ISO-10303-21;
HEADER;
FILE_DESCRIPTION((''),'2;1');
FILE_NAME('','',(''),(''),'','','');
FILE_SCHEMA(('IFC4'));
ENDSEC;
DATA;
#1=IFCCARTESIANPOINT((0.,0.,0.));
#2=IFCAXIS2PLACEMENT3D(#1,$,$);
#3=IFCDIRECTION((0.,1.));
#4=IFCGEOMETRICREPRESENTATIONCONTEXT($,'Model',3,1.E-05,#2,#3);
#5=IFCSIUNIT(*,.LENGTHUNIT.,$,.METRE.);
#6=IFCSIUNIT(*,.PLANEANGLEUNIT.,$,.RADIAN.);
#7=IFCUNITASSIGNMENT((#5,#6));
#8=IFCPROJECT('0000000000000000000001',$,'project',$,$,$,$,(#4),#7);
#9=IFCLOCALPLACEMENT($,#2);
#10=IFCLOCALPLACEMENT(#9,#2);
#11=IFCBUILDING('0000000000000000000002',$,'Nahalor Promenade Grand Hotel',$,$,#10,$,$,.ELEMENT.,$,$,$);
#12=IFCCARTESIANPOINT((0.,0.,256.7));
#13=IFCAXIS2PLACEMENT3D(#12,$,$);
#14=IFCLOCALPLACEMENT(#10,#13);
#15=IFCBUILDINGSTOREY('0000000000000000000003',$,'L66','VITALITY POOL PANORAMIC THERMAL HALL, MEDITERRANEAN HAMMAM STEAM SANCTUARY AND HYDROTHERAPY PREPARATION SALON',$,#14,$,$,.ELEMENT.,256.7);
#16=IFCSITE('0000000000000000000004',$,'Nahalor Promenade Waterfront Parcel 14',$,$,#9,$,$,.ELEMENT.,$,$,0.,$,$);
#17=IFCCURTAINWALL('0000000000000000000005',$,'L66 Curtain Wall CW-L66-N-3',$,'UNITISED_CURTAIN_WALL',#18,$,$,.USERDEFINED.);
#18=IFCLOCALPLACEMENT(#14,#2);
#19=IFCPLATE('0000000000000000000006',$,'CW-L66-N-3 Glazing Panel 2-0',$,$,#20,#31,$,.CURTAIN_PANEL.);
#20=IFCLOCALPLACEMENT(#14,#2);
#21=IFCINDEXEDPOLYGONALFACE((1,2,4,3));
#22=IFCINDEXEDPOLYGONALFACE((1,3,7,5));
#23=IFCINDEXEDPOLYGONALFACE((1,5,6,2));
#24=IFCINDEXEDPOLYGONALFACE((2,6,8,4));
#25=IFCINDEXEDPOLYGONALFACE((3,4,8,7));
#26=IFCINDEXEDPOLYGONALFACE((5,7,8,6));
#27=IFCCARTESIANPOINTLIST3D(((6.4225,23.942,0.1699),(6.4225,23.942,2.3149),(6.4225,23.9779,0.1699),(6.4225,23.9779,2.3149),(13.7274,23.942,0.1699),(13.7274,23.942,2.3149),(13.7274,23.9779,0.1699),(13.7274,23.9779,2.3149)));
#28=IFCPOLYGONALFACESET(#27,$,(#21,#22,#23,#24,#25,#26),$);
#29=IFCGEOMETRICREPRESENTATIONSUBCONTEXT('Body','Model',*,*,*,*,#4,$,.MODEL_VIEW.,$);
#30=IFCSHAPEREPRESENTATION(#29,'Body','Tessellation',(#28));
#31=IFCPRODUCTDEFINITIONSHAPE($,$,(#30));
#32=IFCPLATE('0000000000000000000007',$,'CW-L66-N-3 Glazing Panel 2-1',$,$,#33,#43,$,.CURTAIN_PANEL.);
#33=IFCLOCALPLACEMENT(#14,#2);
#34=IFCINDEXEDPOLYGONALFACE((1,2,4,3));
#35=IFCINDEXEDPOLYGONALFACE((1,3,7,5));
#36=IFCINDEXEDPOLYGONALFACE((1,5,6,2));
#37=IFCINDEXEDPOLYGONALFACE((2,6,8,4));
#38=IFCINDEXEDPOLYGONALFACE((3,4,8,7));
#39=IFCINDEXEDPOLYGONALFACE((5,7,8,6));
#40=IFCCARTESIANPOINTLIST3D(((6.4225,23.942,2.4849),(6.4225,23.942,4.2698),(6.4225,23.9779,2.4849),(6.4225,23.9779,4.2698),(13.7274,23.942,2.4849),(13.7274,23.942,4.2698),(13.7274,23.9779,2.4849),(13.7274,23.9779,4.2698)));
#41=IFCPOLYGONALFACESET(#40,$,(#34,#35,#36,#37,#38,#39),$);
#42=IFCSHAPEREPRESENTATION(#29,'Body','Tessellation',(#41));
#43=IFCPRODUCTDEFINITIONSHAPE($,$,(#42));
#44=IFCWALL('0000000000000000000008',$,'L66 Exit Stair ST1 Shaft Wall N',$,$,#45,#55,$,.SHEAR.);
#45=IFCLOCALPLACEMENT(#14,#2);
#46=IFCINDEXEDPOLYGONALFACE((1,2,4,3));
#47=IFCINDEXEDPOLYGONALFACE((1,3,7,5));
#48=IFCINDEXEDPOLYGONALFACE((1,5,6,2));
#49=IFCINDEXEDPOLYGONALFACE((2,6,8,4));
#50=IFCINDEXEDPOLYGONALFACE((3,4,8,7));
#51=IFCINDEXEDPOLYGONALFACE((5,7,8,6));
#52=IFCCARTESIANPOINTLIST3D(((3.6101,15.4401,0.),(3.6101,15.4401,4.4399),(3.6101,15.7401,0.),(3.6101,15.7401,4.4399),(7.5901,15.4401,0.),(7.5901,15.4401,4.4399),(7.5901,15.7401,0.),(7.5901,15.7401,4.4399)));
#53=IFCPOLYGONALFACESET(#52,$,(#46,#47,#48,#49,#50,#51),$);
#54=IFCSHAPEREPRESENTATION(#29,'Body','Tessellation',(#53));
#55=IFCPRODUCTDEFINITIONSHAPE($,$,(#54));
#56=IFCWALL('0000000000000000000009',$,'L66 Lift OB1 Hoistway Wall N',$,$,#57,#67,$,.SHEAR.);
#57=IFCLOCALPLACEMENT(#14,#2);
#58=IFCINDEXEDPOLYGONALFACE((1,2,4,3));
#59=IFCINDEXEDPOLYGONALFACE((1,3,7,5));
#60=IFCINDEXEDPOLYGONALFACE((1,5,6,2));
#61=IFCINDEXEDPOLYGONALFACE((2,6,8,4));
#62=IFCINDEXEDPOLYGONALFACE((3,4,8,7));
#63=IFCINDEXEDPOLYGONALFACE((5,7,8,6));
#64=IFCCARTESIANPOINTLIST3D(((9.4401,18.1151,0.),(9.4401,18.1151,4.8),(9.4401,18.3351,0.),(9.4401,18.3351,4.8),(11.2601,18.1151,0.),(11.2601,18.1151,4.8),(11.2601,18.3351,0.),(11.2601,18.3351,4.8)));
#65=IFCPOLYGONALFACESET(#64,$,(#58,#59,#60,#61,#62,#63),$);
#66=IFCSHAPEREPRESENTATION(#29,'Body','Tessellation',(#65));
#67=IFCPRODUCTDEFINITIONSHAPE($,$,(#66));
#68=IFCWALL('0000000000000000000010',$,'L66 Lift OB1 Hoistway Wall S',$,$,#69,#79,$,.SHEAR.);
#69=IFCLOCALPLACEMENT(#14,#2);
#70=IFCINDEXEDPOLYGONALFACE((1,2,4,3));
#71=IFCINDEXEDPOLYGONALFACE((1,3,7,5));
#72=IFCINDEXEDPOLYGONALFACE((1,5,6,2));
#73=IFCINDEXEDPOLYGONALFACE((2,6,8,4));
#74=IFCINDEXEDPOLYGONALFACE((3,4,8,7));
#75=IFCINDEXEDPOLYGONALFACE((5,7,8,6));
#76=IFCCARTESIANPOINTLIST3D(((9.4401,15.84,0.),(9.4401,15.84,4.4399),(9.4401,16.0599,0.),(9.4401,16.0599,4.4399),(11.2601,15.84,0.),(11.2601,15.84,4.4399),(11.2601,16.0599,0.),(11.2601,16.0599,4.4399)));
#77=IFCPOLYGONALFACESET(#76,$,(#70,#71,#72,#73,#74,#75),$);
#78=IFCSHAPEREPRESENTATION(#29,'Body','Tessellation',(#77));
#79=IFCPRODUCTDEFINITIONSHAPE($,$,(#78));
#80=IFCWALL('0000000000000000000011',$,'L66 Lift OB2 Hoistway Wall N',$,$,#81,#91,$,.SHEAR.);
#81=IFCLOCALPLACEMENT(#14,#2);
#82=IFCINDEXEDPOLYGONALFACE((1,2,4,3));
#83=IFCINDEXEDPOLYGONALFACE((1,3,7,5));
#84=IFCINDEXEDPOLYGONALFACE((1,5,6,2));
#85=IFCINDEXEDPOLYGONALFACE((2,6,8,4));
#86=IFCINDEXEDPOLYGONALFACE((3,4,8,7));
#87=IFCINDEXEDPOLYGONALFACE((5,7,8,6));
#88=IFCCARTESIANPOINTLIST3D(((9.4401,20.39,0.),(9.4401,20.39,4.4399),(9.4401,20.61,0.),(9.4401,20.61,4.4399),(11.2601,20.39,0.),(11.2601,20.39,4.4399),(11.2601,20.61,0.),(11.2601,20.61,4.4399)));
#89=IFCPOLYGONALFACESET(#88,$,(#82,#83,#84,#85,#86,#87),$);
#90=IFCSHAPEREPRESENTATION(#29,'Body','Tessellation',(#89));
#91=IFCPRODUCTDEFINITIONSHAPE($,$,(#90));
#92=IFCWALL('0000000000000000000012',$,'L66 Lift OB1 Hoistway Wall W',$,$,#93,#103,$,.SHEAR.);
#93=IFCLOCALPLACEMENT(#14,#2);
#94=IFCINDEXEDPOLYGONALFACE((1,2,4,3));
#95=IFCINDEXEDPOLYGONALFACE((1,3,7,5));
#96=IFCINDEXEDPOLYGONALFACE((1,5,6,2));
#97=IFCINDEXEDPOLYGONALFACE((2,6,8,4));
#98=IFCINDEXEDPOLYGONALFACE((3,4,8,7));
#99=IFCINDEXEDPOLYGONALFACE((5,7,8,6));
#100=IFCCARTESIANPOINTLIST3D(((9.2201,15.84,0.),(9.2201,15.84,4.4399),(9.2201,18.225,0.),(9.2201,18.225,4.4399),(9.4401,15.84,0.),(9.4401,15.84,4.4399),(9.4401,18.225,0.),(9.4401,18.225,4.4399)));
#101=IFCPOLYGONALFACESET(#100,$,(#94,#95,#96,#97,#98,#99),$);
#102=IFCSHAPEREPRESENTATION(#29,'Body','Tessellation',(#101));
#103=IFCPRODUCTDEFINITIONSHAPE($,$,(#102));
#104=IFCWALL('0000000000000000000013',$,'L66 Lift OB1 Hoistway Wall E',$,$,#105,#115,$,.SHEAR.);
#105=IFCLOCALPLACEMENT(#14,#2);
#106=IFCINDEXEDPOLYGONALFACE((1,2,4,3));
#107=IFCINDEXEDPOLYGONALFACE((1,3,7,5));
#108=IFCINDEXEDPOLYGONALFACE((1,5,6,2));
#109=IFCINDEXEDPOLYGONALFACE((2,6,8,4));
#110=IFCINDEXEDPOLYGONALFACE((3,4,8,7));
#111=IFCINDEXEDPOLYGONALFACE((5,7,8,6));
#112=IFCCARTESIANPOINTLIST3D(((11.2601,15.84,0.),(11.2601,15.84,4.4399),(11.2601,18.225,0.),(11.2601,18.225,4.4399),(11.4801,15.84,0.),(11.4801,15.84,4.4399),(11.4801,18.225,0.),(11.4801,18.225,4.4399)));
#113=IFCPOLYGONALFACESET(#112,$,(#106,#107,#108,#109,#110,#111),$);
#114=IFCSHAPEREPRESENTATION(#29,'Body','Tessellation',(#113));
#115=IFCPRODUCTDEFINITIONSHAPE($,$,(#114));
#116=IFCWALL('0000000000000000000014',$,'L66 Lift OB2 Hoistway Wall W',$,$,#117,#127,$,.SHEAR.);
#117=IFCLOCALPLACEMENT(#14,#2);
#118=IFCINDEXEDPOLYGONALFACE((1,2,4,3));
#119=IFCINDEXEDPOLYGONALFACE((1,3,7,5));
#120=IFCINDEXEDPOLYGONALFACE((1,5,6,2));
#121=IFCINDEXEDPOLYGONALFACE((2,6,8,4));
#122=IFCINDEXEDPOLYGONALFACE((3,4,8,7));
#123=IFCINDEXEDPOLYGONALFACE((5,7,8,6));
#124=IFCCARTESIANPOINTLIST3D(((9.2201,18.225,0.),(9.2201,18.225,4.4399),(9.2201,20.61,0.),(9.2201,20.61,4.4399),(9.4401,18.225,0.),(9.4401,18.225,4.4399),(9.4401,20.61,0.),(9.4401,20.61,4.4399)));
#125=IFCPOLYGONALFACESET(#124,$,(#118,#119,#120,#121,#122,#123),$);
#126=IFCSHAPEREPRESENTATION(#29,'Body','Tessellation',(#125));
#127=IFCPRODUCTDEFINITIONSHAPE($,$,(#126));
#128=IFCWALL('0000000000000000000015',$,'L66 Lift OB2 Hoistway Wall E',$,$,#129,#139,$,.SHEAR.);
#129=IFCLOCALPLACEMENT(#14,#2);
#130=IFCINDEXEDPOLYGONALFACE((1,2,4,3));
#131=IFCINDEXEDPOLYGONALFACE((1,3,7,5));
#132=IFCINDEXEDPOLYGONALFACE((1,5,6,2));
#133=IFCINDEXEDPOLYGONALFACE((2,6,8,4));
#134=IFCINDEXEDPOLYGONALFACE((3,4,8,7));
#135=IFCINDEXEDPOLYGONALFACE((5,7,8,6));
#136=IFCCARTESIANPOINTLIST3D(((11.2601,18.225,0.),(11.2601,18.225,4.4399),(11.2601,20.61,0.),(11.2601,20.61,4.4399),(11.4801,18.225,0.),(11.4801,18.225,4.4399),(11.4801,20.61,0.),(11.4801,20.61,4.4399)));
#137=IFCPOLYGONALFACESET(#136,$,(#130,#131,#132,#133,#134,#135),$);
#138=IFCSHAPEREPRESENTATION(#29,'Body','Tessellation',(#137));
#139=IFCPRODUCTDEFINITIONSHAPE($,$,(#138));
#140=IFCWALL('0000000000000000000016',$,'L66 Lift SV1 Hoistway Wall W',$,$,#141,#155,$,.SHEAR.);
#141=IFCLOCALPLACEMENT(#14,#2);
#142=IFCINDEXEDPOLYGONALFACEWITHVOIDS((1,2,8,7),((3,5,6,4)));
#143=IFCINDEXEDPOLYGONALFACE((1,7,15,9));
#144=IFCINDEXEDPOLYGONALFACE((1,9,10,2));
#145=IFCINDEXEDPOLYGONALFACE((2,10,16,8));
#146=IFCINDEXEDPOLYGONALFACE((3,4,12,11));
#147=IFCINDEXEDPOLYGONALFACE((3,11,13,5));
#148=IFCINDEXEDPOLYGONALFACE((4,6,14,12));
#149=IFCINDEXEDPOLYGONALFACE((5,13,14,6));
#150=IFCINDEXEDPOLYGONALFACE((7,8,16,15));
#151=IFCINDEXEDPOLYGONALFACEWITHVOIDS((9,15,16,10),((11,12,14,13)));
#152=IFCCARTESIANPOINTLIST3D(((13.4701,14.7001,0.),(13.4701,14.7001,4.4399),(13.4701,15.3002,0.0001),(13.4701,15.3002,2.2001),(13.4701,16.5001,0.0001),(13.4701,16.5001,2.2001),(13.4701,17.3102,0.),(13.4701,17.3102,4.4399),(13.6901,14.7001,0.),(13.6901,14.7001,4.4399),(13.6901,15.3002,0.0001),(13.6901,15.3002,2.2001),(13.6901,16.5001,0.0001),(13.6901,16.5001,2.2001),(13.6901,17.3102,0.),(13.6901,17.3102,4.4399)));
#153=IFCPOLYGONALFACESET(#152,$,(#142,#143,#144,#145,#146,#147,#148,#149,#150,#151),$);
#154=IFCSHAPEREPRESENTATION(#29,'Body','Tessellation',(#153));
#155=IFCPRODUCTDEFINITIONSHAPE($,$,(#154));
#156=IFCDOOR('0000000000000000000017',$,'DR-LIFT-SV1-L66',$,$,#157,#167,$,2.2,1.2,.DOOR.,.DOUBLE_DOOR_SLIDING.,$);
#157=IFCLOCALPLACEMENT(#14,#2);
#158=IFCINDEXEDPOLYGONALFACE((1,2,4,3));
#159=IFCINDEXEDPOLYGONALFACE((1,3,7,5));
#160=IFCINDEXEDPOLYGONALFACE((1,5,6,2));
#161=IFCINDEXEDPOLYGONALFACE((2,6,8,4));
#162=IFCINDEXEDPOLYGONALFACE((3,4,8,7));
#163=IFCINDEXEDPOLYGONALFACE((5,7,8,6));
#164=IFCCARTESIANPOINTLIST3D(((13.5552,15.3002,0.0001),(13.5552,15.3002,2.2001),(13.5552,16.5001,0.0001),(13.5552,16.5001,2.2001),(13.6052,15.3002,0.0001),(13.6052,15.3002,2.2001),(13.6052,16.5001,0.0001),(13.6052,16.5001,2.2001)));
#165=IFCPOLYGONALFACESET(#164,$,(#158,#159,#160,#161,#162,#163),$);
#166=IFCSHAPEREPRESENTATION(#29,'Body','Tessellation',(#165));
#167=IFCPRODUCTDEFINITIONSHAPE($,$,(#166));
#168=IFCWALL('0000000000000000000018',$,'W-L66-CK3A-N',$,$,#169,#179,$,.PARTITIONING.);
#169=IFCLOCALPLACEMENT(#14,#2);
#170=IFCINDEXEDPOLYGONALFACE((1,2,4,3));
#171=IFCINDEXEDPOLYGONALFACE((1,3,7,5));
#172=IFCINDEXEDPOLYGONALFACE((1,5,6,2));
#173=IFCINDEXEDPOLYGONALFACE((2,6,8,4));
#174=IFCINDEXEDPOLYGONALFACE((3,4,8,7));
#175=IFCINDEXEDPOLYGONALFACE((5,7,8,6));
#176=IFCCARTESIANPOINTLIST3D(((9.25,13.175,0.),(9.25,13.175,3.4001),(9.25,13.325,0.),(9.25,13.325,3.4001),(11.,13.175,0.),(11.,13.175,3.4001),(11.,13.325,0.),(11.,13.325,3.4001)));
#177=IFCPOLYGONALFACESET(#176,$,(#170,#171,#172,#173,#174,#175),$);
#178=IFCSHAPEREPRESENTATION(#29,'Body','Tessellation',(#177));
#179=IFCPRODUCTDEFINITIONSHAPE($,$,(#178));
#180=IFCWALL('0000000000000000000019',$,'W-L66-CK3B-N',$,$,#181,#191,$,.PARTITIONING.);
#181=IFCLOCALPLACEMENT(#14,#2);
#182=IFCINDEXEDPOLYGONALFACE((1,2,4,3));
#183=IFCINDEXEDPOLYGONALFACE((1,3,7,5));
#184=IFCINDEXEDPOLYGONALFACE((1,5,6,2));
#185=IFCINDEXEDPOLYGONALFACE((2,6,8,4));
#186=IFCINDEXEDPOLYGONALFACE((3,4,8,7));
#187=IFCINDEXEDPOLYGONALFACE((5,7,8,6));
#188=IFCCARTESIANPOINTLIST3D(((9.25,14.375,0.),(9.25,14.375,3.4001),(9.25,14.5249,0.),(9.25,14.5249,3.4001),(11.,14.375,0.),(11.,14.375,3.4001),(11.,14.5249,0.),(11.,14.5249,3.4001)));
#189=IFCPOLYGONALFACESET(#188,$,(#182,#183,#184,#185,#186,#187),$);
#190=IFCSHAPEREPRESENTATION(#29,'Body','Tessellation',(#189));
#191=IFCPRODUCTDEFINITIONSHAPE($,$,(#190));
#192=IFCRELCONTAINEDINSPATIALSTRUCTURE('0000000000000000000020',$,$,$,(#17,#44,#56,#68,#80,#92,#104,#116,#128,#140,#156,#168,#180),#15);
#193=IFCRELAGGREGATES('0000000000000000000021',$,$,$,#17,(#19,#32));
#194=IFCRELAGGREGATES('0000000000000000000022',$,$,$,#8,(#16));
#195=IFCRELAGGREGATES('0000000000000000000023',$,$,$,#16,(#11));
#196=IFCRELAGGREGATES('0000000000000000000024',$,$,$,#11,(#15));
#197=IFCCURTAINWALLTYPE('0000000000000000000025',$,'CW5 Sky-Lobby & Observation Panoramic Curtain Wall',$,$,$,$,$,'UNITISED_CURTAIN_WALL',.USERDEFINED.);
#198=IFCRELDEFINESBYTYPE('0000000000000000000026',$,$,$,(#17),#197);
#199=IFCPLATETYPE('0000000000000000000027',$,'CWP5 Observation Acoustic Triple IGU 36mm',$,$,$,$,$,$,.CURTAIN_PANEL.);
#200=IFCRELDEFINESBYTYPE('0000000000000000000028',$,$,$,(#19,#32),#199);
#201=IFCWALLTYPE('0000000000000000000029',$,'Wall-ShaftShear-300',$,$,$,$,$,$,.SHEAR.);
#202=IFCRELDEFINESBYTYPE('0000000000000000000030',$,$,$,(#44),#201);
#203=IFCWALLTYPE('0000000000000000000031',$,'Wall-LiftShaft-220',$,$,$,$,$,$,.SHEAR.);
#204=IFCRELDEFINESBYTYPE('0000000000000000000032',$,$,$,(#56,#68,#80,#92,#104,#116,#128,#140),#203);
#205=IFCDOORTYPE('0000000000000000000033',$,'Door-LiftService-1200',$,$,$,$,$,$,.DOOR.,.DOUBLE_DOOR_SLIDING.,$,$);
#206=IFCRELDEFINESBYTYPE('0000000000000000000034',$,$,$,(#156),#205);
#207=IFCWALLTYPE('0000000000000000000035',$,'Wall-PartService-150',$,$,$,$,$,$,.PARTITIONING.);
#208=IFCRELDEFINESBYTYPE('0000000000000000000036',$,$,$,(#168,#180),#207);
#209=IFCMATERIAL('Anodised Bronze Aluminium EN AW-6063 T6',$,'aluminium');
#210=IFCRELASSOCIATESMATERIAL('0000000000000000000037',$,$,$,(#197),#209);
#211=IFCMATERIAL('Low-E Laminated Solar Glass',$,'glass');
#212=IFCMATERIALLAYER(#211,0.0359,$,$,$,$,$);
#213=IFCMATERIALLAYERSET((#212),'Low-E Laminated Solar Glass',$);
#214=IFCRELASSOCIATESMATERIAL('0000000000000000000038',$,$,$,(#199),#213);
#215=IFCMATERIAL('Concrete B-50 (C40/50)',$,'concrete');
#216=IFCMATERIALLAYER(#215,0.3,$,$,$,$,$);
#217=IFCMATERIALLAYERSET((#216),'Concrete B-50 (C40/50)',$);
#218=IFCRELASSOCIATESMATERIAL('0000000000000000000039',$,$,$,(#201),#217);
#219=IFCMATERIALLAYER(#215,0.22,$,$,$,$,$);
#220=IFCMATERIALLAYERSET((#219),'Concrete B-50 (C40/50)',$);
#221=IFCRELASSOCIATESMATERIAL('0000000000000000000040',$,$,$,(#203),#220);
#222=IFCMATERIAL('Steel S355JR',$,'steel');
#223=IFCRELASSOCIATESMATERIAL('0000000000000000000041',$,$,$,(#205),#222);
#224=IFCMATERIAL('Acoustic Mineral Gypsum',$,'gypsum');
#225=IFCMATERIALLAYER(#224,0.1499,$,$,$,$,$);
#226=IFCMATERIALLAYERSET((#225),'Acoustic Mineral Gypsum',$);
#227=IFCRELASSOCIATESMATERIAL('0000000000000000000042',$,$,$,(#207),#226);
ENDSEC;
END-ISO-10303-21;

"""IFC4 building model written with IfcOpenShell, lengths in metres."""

from ifc_helpers import new_model, si_unit, direction, frame, frame_2d, origin, origin_2d, place, context, subcontext, project, spatial, rectangle, extrude, source, transform, mapped, material, layer, layer_set, type_object, element, fill, aggregate, save


model = new_model("IFC4")

# Units and contexts
model_context = context("Model", 3, precision=1e-05, world=origin(), true_north=direction((0.0, 1.0)))
body_context = subcontext(model_context, "Body", "Model", "MODEL_VIEW")
ifc_project = project(units=[si_unit("LENGTHUNIT", "METRE"), si_unit("PLANEANGLEUNIT", "RADIAN")], contexts=[model_context])

# Site, building, storey
site_placement = place(None, origin())
site = spatial("IfcSite", under=ifc_project, at=site_placement, Name="Nahalor Promenade Waterfront Parcel 14", CompositionType="ELEMENT", RefElevation=0.0)
building_placement = place(site_placement, origin())
building = spatial("IfcBuilding", under=site, at=building_placement, Name="Nahalor Promenade Grand Hotel", CompositionType="ELEMENT")
storey_placement = place(building_placement, frame((0.0, 0.0, 256.7)))
storey = spatial("IfcBuildingStorey", under=building, at=storey_placement, Name="L66", Description="VITALITY POOL PANORAMIC THERMAL HALL, MEDITERRANEAN HAMMAM STEAM SANCTUARY AND HYDROTHERAPY PREPARATION SALON", CompositionType="ELEMENT", Elevation=256.7)

# Shared definitions
ifc_material_1 = material(Name="Steel S355JR", Category="steel")

# Curtain wall, plates
ifc_material_2 = material(Name="Anodised Bronze Aluminium EN AW-6063 T6", Category="aluminium")
curtain_wall_type = type_object("IfcCurtainWallType", Name="CW5 Sky-Lobby & Observation Panoramic Curtain Wall", ElementType="UNITISED_CURTAIN_WALL", PredefinedType="USERDEFINED", material=ifc_material_2)
curtain_wall_placement = place(storey_placement, origin())
curtain_wall = element("IfcCurtainWall", 1, at=curtain_wall_placement, inside=storey, type_object=curtain_wall_type, Name="L66 Curtain Wall CW-L66-N-3", ObjectType="UNITISED_CURTAIN_WALL", PredefinedType="USERDEFINED")
ifc_material_3 = material(Name="Low-E Laminated Solar Glass", Category="glass")
ifc_layer_1 = layer(ifc_material_3, 0.0359)
ifc_layer_set_1 = layer_set([ifc_layer_1], Name="Low-E Laminated Solar Glass")
plate_type = type_object("IfcPlateType", Name="CWP5 Observation Acoustic Triple IGU 36mm", PredefinedType="CURTAIN_PANEL", material=ifc_layer_set_1)
shared_shape_1 = source(origin(), body_context, "Body", "SweptSolid", [
    extrude(rectangle(XDim=7.3049, YDim=0.0359, at=origin_2d()), origin(), (0.0, 0.0, 1.0), 2.145),
])
plate_1_placement = place(storey_placement, frame((10.075, 23.96, 0.1699), z_axis=(0.0, 0.0, 1.0), x_axis=(1.0, 0.0, 0.0)))
plate_1 = element("IfcPlate", 2, at=plate_1_placement, type_object=plate_type, Name="CW-L66-N-3 Glazing Panel 2-0", PredefinedType="CURTAIN_PANEL", context=body_context, shape_type="MappedRepresentation", body=[
    mapped(shared_shape_1, transform((0.0, 0.0, 0.0), scale=1.0)),
])
shared_shape_2 = source(origin(), body_context, "Body", "SweptSolid", [
    extrude(rectangle(XDim=7.3049, YDim=0.0359, at=origin_2d()), origin(), (0.0, 0.0, 1.0), 1.7849),
])
plate_2_placement = place(storey_placement, frame((10.075, 23.96, 2.4849), z_axis=(0.0, 0.0, 1.0), x_axis=(1.0, 0.0, 0.0)))
plate_2 = element("IfcPlate", 3, at=plate_2_placement, type_object=plate_type, Name="CW-L66-N-3 Glazing Panel 2-1", PredefinedType="CURTAIN_PANEL", context=body_context, shape_type="MappedRepresentation", body=[
    mapped(shared_shape_2, transform((0.0, 0.0, 0.0), scale=1.0)),
])
aggregate(curtain_wall, [plate_1, plate_2])

# Walls
ifc_material_4 = material(Name="Concrete B-50 (C40/50)", Category="concrete")
ifc_layer_2 = layer(ifc_material_4, 0.3)
ifc_layer_set_2 = layer_set([ifc_layer_2], Name="Concrete B-50 (C40/50)")
wall_type_1 = type_object("IfcWallType", Name="Wall-ShaftShear-300", PredefinedType="SHEAR", material=ifc_layer_set_2)
shared_shape_3 = source(origin(), body_context, "Body", "SweptSolid", [
    extrude(rectangle(XDim=3.98, YDim=0.3, at=frame_2d((1.99, 0.0))), origin(), (0.0, 0.0, 1.0), 4.4399),
])
wall_1_placement = place(storey_placement, frame((3.6101, 15.5901, 0.0), z_axis=(0.0, 0.0, 1.0), x_axis=(1.0, 0.0, 0.0)))
element("IfcWall", 4, at=wall_1_placement, inside=storey, type_object=wall_type_1, Name="L66 Exit Stair ST1 Shaft Wall N", PredefinedType="SHEAR", context=body_context, shape_type="MappedRepresentation", body=[
    mapped(shared_shape_3, transform((0.0, 0.0, 0.0), scale=1.0)),
])
ifc_layer_3 = layer(ifc_material_4, 0.22)
ifc_layer_set_3 = layer_set([ifc_layer_3], Name="Concrete B-50 (C40/50)")
wall_type_2 = type_object("IfcWallType", Name="Wall-LiftShaft-220", PredefinedType="SHEAR", material=ifc_layer_set_3)
shared_shape_4 = source(origin(), body_context, "Body", "SweptSolid", [
    extrude(rectangle(XDim=1.8201, YDim=0.22, at=frame_2d((0.9102, 0.0))), origin(), (0.0, 0.0, 1.0), 4.8),
])
wall_2_placement = place(storey_placement, frame((9.4399, 18.2251, 0.0), z_axis=(0.0, 0.0, 1.0), x_axis=(1.0, 0.0, 0.0)))
element("IfcWall", 5, at=wall_2_placement, inside=storey, type_object=wall_type_2, Name="L66 Lift OB1 Hoistway Wall N", PredefinedType="SHEAR", context=body_context, shape_type="MappedRepresentation", body=[
    mapped(shared_shape_4, transform((0.0, 0.0, 0.0), scale=1.0)),
])
shared_shape_5 = source(origin(), body_context, "Body", "SweptSolid", [
    extrude(rectangle(XDim=1.8201, YDim=0.22, at=frame_2d((0.9102, 0.0))), origin(), (0.0, 0.0, 1.0), 4.4399),
])
for number, where, z_axis, x_axis, name in (
    (6, (9.4399, 15.95, 0.0), (0.0, 0.0, 1.0), (1.0, 0.0, 0.0), "L66 Lift OB1 Hoistway Wall S"),
    (7, (9.4399, 20.5, 0.0), (0.0, 0.0, 1.0), (1.0, 0.0, 0.0), "L66 Lift OB2 Hoistway Wall N"),
):
    element("IfcWall", number, at=place(storey_placement, frame(where, z_axis=z_axis, x_axis=x_axis)), inside=storey, type_object=wall_type_2, Name=name, PredefinedType="SHEAR", context=body_context, shape_type="MappedRepresentation", body=[
        mapped(shared_shape_5, transform((0.0, 0.0, 0.0), scale=1.0)),
    ])
shared_shape_6 = source(origin(), body_context, "Body", "SweptSolid", [
    extrude(rectangle(XDim=2.385, YDim=0.22, at=frame_2d((1.1924, 0.0))), origin(), (0.0, 0.0, 1.0), 4.4399),
])
for number, where, z_axis, x_axis, name in (
    (8, (9.3301, 15.8401, 0.0), (0.0, 0.0, 1.0), (0.0, 1.0, 0.0), "L66 Lift OB1 Hoistway Wall W"),
    (9, (11.3701, 15.8401, 0.0), (0.0, 0.0, 1.0), (0.0, 1.0, 0.0), "L66 Lift OB1 Hoistway Wall E"),
    (10, (9.3301, 18.2251, 0.0), (0.0, 0.0, 1.0), (0.0, 1.0, 0.0), "L66 Lift OB2 Hoistway Wall W"),
    (11, (11.3701, 18.2251, 0.0), (0.0, 0.0, 1.0), (0.0, 1.0, 0.0), "L66 Lift OB2 Hoistway Wall E"),
):
    element("IfcWall", number, at=place(storey_placement, frame(where, z_axis=z_axis, x_axis=x_axis)), inside=storey, type_object=wall_type_2, Name=name, PredefinedType="SHEAR", context=body_context, shape_type="MappedRepresentation", body=[
        mapped(shared_shape_6, transform((0.0, 0.0, 0.0), scale=1.0)),
    ])

# Wall, opening, door
shared_shape_7 = source(origin(), body_context, "Body", "SweptSolid", [
    extrude(rectangle(XDim=2.6101, YDim=0.22, at=frame_2d((1.3052, 0.0))), origin(), (0.0, 0.0, 1.0), 4.4399),
])
wall_3_placement = place(storey_placement, frame((13.5801, 14.7, 0.0), z_axis=(0.0, 0.0, 1.0), x_axis=(0.0, 1.0, 0.0)))
wall_3 = element("IfcWall", 12, at=wall_3_placement, inside=storey, type_object=wall_type_2, Name="L66 Lift SV1 Hoistway Wall W", PredefinedType="SHEAR", context=body_context, shape_type="MappedRepresentation", body=[
    mapped(shared_shape_7, transform((0.0, 0.0, 0.0), scale=1.0)),
])
opening_1_placement = place(wall_3_placement, frame((0.6001, 0.0, 0.0)))
opening_1 = element("IfcOpeningElement", 13, at=opening_1_placement, cuts=wall_3, PredefinedType="OPENING", context=body_context, shape_type="SweptSolid", body=[
    extrude(rectangle(XDim=1.2, YDim=2.2, at=frame_2d((0.6001, 1.1001))), frame((0.0, 0.1199, 0.0), z_axis=(0.0, -1.0, 0.0), x_axis=(1.0, 0.0, 0.0)), (0.0, 0.0, 1.0), 0.24),
])
door_type_1 = type_object("IfcDoorType", Name="Door-LiftService-1200", OperationType="DOUBLE_DOOR_SLIDING", PredefinedType="DOOR", material=ifc_material_1)
shared_shape_8 = source(origin(), body_context, "Body", "SweptSolid", [
    extrude(rectangle(XDim=1.2, YDim=2.2, at=frame_2d((0.6001, 1.1001))), frame((0.0, 0.0249, 0.0), z_axis=(0.0, -1.0, 0.0), x_axis=(1.0, 0.0, 0.0)), (0.0, 0.0, 1.0), 0.05),
])
door_1_placement = place(opening_1_placement, origin())
door_1 = element("IfcDoor", 14, at=door_1_placement, inside=storey, type_object=door_type_1, Name="DR-LIFT-SV1-L66", OperationType="DOUBLE_DOOR_SLIDING", OverallHeight=2.2, OverallWidth=1.2, PredefinedType="DOOR", context=body_context, shape_type="MappedRepresentation", body=[
    mapped(shared_shape_8, transform((0.0, 0.0, 0.0), scale=1.0)),
])
fill(opening_1, door_1)

# Walls
ifc_material_5 = material(Name="Acoustic Mineral Gypsum", Category="gypsum")
ifc_layer_4 = layer(ifc_material_5, 0.1499)
ifc_layer_set_4 = layer_set([ifc_layer_4], Name="Acoustic Mineral Gypsum")
wall_type_3 = type_object("IfcWallType", Name="Wall-PartService-150", PredefinedType="PARTITIONING", material=ifc_layer_set_4)
shared_shape_9 = source(origin(), body_context, "Body", "SweptSolid", [
    extrude(rectangle(XDim=1.75, YDim=0.1499, at=frame_2d((0.875, 0.0))), origin(), (0.0, 0.0, 1.0), 3.4001),
])
for number, where, z_axis, x_axis, name in (
    (15, (9.25, 13.25, 0.0), (0.0, 0.0, 1.0), (1.0, 0.0, 0.0), "W-L66-CK3A-N"),
    (16, (9.25, 14.45, 0.0), (0.0, 0.0, 1.0), (1.0, 0.0, 0.0), "W-L66-CK3B-N"),
):
    element("IfcWall", number, at=place(storey_placement, frame(where, z_axis=z_axis, x_axis=x_axis)), inside=storey, type_object=wall_type_3, Name=name, PredefinedType="PARTITIONING", context=body_context, shape_type="MappedRepresentation", body=[
        mapped(shared_shape_9, transform((0.0, 0.0, 0.0), scale=1.0)),
    ])

save(model, "model.ifc")
